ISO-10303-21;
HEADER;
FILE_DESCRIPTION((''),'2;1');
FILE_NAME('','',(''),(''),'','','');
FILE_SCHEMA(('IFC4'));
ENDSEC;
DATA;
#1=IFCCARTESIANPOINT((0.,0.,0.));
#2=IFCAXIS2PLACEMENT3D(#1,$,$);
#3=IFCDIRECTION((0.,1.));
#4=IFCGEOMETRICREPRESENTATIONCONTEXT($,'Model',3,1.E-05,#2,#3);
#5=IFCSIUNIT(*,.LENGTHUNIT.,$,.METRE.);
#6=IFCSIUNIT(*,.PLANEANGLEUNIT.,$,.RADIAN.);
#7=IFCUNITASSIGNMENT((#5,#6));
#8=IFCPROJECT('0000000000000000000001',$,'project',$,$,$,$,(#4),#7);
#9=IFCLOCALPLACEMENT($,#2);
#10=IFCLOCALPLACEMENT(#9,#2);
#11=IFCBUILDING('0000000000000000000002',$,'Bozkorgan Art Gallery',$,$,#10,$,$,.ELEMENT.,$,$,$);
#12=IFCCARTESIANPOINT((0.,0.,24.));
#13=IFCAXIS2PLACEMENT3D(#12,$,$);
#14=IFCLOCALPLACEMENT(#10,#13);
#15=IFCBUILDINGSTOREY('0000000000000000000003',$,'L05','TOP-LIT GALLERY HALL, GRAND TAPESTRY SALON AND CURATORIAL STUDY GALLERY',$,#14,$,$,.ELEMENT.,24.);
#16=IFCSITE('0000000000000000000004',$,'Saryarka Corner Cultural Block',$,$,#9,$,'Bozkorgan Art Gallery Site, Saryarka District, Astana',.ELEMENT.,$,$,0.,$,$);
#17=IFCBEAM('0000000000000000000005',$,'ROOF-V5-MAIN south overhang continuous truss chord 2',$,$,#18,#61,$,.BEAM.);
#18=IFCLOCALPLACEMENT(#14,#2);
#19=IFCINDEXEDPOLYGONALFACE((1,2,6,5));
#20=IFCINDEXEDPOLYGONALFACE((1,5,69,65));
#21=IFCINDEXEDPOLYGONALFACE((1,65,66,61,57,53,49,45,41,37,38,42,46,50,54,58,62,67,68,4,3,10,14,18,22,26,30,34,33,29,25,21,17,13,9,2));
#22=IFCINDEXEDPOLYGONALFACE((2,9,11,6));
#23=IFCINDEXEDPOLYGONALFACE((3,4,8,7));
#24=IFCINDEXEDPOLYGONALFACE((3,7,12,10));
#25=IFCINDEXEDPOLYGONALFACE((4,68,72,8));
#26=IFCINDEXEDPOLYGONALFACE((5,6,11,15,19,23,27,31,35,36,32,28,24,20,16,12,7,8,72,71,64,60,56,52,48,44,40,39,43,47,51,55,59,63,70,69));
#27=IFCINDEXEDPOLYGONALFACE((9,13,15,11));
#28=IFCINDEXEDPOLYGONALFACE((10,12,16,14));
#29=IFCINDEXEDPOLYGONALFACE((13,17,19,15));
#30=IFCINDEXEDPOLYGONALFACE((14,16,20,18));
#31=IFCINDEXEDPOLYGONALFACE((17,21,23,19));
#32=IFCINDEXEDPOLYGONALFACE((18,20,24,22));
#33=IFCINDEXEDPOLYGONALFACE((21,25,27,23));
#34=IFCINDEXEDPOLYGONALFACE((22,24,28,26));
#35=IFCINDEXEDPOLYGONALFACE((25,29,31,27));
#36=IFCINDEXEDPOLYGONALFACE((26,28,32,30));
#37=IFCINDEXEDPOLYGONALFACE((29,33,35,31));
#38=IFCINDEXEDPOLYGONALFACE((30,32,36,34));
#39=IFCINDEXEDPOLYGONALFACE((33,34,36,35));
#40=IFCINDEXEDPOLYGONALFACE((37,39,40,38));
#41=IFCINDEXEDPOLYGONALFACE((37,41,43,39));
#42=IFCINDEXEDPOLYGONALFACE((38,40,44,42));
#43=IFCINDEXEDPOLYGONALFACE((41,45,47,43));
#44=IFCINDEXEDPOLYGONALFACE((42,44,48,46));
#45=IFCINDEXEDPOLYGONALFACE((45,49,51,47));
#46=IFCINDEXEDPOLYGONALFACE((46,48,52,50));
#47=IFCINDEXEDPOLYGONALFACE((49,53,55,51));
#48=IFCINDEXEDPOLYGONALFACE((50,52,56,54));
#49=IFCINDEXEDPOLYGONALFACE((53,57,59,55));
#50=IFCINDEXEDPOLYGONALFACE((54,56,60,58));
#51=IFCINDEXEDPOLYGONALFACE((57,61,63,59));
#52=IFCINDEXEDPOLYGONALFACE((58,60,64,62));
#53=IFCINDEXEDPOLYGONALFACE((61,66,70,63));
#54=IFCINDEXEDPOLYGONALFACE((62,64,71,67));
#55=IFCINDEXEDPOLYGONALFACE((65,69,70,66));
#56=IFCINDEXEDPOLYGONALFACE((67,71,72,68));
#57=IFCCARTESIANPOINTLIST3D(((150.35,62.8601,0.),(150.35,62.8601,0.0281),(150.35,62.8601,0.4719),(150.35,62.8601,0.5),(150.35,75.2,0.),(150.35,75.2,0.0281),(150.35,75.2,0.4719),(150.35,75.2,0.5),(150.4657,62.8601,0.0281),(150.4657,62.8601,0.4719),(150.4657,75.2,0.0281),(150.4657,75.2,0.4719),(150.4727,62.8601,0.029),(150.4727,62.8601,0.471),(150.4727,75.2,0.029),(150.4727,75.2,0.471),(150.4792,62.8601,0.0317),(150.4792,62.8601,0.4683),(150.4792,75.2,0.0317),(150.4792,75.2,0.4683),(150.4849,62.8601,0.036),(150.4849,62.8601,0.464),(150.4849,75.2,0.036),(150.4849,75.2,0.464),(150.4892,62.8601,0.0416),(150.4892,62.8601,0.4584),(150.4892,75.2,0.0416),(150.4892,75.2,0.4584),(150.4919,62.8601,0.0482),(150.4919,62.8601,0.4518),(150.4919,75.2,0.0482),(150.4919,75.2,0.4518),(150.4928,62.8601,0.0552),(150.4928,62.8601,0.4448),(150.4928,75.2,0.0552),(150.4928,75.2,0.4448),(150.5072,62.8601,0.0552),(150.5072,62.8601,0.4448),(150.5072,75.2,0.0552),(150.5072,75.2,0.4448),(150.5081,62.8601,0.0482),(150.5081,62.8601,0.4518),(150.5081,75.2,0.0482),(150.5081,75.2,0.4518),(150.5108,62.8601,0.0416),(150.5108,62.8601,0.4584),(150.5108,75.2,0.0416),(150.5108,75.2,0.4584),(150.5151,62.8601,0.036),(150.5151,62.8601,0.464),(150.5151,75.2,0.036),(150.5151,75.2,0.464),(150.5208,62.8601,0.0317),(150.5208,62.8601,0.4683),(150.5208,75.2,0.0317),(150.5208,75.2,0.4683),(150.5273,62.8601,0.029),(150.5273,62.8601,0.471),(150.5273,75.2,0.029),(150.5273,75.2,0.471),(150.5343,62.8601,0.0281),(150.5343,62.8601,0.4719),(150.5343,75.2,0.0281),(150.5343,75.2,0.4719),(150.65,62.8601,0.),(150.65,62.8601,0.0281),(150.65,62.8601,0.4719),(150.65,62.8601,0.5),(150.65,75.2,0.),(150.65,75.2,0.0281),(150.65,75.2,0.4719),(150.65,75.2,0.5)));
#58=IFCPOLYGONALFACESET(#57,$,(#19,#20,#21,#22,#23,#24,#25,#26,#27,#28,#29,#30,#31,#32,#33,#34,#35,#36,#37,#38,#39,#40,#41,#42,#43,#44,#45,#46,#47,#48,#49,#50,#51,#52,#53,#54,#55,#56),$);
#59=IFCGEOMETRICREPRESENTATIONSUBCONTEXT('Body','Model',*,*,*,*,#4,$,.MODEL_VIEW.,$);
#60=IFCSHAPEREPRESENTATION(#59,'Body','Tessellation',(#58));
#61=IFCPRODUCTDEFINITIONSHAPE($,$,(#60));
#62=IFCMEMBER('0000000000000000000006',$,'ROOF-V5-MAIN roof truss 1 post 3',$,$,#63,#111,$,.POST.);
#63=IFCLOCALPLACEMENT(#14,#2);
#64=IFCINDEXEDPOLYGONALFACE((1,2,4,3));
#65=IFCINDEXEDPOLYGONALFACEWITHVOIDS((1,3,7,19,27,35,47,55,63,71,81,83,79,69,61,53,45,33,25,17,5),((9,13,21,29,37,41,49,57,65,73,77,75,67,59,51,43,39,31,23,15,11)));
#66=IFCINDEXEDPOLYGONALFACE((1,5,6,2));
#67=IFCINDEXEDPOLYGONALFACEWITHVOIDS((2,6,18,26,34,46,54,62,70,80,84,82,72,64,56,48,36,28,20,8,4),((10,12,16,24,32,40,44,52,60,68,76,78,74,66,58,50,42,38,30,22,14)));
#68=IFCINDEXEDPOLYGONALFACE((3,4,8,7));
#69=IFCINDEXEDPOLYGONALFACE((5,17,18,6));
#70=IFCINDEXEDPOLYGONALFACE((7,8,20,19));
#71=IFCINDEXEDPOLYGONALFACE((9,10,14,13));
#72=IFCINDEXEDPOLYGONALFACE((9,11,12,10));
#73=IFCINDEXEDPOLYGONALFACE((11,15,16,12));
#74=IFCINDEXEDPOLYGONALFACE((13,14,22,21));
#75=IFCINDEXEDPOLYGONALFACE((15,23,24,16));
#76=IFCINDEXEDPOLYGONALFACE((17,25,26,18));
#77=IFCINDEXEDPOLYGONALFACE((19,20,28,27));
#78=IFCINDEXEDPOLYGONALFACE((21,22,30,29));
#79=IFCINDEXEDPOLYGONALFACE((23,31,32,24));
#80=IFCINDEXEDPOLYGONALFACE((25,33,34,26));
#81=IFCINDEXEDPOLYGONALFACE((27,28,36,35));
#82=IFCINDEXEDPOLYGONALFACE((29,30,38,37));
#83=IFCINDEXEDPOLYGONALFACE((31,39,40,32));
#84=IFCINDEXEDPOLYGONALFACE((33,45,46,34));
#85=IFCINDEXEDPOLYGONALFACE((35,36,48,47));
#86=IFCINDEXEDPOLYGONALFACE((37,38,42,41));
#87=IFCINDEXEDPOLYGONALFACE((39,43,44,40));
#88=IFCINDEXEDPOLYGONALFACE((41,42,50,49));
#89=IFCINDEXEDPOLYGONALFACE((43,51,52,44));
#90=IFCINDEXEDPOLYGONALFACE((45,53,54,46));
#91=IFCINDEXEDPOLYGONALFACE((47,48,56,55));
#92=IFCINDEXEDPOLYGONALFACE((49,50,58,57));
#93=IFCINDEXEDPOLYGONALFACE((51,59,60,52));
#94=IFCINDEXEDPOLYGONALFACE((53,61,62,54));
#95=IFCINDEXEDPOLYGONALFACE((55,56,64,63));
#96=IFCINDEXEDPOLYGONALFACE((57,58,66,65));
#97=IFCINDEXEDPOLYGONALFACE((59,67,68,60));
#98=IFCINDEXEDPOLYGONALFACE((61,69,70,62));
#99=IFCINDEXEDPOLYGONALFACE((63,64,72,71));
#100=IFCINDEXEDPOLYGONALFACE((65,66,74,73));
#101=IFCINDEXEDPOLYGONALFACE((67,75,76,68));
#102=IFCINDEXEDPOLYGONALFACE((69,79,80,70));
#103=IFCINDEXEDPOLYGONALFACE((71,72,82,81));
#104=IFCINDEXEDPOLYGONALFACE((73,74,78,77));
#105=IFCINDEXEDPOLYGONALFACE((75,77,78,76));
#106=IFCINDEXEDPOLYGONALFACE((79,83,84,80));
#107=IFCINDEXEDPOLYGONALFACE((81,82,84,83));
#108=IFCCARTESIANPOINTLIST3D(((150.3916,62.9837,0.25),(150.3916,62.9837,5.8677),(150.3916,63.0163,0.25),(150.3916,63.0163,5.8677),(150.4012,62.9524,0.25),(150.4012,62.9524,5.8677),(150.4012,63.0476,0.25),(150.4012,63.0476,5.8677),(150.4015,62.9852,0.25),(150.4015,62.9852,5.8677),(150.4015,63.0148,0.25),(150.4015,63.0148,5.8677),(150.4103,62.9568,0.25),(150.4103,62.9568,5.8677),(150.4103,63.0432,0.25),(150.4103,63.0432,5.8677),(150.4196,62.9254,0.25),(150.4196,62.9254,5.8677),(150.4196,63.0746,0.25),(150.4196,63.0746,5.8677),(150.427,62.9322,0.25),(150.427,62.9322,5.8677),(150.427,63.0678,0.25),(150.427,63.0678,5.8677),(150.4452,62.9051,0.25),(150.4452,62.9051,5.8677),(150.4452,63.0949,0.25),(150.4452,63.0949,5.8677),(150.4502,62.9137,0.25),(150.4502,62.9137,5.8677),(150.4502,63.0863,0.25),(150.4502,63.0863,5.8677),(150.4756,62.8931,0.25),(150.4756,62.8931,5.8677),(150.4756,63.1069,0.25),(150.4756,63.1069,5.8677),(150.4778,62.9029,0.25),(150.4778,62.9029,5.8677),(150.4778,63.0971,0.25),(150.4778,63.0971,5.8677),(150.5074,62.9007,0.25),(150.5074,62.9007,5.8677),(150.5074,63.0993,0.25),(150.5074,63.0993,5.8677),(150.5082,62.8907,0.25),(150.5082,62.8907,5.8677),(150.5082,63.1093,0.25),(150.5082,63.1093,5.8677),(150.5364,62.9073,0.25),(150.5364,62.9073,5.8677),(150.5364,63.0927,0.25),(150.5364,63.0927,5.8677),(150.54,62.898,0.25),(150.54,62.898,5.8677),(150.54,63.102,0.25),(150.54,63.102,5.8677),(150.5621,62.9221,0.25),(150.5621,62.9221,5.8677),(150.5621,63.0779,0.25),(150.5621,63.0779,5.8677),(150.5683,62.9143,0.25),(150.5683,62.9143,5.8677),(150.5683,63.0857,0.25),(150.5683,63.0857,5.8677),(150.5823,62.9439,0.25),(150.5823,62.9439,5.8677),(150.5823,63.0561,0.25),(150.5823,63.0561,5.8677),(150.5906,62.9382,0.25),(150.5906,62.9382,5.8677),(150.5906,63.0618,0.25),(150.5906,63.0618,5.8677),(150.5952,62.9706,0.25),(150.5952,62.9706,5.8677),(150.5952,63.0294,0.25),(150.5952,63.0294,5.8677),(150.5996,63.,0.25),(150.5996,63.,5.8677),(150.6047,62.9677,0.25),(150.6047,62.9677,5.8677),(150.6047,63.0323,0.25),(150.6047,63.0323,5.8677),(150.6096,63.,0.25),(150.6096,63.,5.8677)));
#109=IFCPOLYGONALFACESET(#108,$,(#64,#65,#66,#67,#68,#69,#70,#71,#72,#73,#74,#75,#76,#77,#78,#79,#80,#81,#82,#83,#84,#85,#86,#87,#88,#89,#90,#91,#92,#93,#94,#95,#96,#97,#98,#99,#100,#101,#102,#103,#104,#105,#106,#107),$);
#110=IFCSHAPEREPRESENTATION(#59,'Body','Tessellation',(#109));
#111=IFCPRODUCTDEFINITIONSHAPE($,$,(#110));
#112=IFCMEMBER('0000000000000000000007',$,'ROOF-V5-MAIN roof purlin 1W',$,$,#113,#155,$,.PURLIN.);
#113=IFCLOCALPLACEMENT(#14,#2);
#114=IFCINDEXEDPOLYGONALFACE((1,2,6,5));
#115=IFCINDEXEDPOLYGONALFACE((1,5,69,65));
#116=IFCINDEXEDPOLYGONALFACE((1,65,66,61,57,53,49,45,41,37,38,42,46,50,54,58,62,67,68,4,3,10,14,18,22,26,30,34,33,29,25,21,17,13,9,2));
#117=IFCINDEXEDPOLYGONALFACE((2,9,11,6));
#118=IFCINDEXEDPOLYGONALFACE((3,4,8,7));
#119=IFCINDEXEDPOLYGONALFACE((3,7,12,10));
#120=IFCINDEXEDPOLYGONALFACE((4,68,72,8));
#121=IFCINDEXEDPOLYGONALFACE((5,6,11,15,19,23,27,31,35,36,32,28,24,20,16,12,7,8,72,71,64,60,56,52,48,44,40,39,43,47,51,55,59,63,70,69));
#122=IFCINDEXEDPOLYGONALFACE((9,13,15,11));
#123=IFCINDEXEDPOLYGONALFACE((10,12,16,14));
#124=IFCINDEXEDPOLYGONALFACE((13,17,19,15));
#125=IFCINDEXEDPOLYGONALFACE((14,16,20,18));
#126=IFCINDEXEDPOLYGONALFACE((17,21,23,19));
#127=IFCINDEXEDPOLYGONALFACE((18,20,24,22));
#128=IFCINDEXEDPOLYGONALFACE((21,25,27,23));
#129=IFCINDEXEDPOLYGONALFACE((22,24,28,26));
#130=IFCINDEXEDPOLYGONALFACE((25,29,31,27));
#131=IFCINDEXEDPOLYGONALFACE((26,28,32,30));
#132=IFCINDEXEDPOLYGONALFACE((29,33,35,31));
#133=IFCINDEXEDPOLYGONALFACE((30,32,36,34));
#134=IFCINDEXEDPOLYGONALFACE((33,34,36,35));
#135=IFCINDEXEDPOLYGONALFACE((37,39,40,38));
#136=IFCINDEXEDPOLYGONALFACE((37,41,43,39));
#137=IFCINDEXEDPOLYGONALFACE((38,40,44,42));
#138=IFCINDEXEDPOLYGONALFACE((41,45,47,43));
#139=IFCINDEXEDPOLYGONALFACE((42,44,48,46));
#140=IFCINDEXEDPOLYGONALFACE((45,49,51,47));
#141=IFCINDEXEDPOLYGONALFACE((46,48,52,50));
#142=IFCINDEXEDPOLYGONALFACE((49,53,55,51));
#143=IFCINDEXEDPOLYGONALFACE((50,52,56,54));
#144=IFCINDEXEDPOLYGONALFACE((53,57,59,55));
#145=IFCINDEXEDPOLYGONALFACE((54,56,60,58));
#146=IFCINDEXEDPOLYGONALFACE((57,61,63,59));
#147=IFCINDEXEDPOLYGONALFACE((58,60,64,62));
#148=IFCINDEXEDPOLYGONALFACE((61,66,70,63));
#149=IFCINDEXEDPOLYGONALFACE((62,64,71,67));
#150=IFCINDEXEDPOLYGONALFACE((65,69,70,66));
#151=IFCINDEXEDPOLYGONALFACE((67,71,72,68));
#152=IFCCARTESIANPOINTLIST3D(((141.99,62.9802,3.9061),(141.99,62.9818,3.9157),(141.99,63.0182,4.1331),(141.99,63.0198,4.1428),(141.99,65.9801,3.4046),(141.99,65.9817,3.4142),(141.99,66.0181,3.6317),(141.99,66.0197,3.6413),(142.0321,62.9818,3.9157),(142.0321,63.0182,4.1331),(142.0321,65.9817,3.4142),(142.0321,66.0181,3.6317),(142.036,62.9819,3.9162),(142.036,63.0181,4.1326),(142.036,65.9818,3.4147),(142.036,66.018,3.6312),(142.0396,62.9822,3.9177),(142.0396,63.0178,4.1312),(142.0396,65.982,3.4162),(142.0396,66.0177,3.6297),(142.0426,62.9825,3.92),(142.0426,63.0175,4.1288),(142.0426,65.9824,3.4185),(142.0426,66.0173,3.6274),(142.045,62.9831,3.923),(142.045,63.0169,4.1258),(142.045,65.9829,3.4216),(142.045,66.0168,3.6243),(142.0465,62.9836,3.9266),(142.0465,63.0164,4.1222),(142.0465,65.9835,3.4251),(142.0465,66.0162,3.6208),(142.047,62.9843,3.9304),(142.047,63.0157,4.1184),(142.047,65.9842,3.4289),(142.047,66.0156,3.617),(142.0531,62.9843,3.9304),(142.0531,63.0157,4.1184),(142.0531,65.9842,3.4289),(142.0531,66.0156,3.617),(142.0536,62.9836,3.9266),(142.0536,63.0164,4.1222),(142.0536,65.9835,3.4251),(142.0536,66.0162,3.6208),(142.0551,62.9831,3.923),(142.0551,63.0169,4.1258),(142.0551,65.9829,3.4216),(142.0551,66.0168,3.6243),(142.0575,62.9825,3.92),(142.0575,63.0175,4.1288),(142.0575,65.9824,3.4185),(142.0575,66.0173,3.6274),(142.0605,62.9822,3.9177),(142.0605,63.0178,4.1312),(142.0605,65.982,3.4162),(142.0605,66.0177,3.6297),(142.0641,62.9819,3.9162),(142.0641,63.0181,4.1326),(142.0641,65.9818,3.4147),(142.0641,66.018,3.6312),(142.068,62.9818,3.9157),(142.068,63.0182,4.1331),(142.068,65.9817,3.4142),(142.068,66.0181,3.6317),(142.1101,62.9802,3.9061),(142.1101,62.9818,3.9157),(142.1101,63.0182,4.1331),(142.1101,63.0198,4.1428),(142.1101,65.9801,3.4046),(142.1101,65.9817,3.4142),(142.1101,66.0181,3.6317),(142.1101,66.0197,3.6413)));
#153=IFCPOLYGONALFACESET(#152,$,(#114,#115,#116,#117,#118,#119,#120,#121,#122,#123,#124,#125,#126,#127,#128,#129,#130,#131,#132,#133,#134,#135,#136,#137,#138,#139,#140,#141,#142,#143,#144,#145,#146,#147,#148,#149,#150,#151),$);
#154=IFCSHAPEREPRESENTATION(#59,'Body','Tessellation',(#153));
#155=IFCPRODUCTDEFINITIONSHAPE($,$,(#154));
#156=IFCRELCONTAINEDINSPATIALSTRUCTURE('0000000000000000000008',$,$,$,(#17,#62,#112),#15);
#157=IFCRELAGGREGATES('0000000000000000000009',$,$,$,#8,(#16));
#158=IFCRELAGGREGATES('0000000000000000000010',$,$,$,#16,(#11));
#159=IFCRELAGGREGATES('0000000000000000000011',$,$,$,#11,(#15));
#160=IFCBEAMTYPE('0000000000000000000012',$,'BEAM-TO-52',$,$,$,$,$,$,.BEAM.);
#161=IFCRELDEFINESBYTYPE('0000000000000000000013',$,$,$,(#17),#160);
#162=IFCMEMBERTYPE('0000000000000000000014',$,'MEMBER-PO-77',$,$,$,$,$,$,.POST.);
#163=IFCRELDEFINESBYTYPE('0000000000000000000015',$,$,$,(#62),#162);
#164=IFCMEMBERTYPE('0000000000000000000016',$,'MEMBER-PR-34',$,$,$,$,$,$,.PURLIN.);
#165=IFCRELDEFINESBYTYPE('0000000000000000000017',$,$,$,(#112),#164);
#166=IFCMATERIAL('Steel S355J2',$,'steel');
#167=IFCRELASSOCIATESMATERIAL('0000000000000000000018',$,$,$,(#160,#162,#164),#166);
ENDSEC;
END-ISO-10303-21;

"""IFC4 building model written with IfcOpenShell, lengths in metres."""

from ifc_helpers import new_model, si_unit, direction, frame, origin, origin_2d, place, context, subcontext, project, spatial, hollow_circle, i_section, extrude, material, material_profile, profile_set, type_object, element, save


model = new_model("IFC4")

# Units and contexts
model_context = context("Model", 3, precision=1e-05, world=origin(), true_north=direction((0.0, 1.0)))
body_context = subcontext(model_context, "Body", "Model", "MODEL_VIEW")
ifc_project = project(units=[si_unit("LENGTHUNIT", "METRE"), si_unit("PLANEANGLEUNIT", "RADIAN")], contexts=[model_context])

# Site, building, storey
site_placement = place(None, origin())
site = spatial("IfcSite", under=ifc_project, at=site_placement, Name="Saryarka Corner Cultural Block", LongName="Bozkorgan Art Gallery Site, Saryarka District, Astana", CompositionType="ELEMENT", RefElevation=0.0)
building_placement = place(site_placement, origin())
building = spatial("IfcBuilding", under=site, at=building_placement, Name="Bozkorgan Art Gallery", CompositionType="ELEMENT")
storey_placement = place(building_placement, frame((0.0, 0.0, 24.0)))
storey = spatial("IfcBuildingStorey", under=building, at=storey_placement, Name="L05", Description="TOP-LIT GALLERY HALL, GRAND TAPESTRY SALON AND CURATORIAL STUDY GALLERY", CompositionType="ELEMENT", Elevation=24.0)

# Beam
ifc_material = material(Name="Steel S355J2", Category="steel")
ifc_material_profile_1 = material_profile(ifc_material, i_section(OverallWidth=0.3, OverallDepth=0.5, WebThickness=0.0144, FlangeThickness=0.0281, FilletRadius=0.0271, at=origin_2d()), Name="HEB 500")
ifc_profile_set_1 = profile_set([ifc_material_profile_1], Name="Steel S355J2")
beam_type = type_object("IfcBeamType", Name="BEAM-TO-52", PredefinedType="BEAM", material=ifc_profile_set_1)
beam_placement = place(storey_placement, frame((150.5, 62.8601, 0.25), z_axis=(0.0, 1.0, 0.0), x_axis=(-1.0, 0.0, 0.0)))
element("IfcBeam", 1, at=beam_placement, inside=storey, type_object=beam_type, Name="ROOF-V5-MAIN south overhang continuous truss chord 2", PredefinedType="BEAM", context=body_context, shape_type="SweptSolid", body=[
    extrude(i_section(OverallWidth=0.3, OverallDepth=0.5, WebThickness=0.0144, FlangeThickness=0.0281, FilletRadius=0.0271, at=origin_2d()), origin(), (0.0, 0.0, 1.0), 12.3398),
])

# Members
ifc_material_profile_2 = material_profile(ifc_material, hollow_circle(Radius=0.1096, WallThickness=0.01, at=origin_2d()), Name="CHS 219.1x10")
ifc_profile_set_2 = profile_set([ifc_material_profile_2], Name="Steel S355J2")
member_type_1 = type_object("IfcMemberType", Name="MEMBER-PO-77", PredefinedType="POST", material=ifc_profile_set_2)
member_1_placement = place(storey_placement, frame((150.5, 63.0, 0.25), z_axis=(0.0, 0.0, 1.0), x_axis=(1.0, 0.0, 0.0)))
element("IfcMember", 2, at=member_1_placement, inside=storey, type_object=member_type_1, Name="ROOF-V5-MAIN roof truss 1 post 3", PredefinedType="POST", context=body_context, shape_type="SweptSolid", body=[
    extrude(hollow_circle(Radius=0.1096, WallThickness=0.01, at=origin_2d()), origin(), (0.0, 0.0, 1.0), 5.6177),
])
ifc_material_profile_3 = material_profile(ifc_material, i_section(OverallWidth=0.1201, OverallDepth=0.24, WebThickness=0.0061, FlangeThickness=0.0098, FilletRadius=0.0149, at=origin_2d()), Name="IPE 240")
ifc_profile_set_3 = profile_set([ifc_material_profile_3], Name="Steel S355J2")
member_type_2 = type_object("IfcMemberType", Name="MEMBER-PR-34", PredefinedType="PURLIN", material=ifc_profile_set_3)
member_2_placement = place(storey_placement, frame((142.05, 63.0, 4.0244), z_axis=(0.0, 0.986316, -0.164868), x_axis=(-1.0, 0.0, 0.0)))
element("IfcMember", 3, at=member_2_placement, inside=storey, type_object=member_type_2, Name="ROOF-V5-MAIN roof purlin 1W", PredefinedType="PURLIN", context=body_context, shape_type="SweptSolid", body=[
    extrude(i_section(OverallWidth=0.1201, OverallDepth=0.24, WebThickness=0.0061, FlangeThickness=0.0098, FilletRadius=0.0149, at=origin_2d()), origin(), (0.0, 0.0, 1.0), 3.0415),
])

save(model, "model.ifc")
